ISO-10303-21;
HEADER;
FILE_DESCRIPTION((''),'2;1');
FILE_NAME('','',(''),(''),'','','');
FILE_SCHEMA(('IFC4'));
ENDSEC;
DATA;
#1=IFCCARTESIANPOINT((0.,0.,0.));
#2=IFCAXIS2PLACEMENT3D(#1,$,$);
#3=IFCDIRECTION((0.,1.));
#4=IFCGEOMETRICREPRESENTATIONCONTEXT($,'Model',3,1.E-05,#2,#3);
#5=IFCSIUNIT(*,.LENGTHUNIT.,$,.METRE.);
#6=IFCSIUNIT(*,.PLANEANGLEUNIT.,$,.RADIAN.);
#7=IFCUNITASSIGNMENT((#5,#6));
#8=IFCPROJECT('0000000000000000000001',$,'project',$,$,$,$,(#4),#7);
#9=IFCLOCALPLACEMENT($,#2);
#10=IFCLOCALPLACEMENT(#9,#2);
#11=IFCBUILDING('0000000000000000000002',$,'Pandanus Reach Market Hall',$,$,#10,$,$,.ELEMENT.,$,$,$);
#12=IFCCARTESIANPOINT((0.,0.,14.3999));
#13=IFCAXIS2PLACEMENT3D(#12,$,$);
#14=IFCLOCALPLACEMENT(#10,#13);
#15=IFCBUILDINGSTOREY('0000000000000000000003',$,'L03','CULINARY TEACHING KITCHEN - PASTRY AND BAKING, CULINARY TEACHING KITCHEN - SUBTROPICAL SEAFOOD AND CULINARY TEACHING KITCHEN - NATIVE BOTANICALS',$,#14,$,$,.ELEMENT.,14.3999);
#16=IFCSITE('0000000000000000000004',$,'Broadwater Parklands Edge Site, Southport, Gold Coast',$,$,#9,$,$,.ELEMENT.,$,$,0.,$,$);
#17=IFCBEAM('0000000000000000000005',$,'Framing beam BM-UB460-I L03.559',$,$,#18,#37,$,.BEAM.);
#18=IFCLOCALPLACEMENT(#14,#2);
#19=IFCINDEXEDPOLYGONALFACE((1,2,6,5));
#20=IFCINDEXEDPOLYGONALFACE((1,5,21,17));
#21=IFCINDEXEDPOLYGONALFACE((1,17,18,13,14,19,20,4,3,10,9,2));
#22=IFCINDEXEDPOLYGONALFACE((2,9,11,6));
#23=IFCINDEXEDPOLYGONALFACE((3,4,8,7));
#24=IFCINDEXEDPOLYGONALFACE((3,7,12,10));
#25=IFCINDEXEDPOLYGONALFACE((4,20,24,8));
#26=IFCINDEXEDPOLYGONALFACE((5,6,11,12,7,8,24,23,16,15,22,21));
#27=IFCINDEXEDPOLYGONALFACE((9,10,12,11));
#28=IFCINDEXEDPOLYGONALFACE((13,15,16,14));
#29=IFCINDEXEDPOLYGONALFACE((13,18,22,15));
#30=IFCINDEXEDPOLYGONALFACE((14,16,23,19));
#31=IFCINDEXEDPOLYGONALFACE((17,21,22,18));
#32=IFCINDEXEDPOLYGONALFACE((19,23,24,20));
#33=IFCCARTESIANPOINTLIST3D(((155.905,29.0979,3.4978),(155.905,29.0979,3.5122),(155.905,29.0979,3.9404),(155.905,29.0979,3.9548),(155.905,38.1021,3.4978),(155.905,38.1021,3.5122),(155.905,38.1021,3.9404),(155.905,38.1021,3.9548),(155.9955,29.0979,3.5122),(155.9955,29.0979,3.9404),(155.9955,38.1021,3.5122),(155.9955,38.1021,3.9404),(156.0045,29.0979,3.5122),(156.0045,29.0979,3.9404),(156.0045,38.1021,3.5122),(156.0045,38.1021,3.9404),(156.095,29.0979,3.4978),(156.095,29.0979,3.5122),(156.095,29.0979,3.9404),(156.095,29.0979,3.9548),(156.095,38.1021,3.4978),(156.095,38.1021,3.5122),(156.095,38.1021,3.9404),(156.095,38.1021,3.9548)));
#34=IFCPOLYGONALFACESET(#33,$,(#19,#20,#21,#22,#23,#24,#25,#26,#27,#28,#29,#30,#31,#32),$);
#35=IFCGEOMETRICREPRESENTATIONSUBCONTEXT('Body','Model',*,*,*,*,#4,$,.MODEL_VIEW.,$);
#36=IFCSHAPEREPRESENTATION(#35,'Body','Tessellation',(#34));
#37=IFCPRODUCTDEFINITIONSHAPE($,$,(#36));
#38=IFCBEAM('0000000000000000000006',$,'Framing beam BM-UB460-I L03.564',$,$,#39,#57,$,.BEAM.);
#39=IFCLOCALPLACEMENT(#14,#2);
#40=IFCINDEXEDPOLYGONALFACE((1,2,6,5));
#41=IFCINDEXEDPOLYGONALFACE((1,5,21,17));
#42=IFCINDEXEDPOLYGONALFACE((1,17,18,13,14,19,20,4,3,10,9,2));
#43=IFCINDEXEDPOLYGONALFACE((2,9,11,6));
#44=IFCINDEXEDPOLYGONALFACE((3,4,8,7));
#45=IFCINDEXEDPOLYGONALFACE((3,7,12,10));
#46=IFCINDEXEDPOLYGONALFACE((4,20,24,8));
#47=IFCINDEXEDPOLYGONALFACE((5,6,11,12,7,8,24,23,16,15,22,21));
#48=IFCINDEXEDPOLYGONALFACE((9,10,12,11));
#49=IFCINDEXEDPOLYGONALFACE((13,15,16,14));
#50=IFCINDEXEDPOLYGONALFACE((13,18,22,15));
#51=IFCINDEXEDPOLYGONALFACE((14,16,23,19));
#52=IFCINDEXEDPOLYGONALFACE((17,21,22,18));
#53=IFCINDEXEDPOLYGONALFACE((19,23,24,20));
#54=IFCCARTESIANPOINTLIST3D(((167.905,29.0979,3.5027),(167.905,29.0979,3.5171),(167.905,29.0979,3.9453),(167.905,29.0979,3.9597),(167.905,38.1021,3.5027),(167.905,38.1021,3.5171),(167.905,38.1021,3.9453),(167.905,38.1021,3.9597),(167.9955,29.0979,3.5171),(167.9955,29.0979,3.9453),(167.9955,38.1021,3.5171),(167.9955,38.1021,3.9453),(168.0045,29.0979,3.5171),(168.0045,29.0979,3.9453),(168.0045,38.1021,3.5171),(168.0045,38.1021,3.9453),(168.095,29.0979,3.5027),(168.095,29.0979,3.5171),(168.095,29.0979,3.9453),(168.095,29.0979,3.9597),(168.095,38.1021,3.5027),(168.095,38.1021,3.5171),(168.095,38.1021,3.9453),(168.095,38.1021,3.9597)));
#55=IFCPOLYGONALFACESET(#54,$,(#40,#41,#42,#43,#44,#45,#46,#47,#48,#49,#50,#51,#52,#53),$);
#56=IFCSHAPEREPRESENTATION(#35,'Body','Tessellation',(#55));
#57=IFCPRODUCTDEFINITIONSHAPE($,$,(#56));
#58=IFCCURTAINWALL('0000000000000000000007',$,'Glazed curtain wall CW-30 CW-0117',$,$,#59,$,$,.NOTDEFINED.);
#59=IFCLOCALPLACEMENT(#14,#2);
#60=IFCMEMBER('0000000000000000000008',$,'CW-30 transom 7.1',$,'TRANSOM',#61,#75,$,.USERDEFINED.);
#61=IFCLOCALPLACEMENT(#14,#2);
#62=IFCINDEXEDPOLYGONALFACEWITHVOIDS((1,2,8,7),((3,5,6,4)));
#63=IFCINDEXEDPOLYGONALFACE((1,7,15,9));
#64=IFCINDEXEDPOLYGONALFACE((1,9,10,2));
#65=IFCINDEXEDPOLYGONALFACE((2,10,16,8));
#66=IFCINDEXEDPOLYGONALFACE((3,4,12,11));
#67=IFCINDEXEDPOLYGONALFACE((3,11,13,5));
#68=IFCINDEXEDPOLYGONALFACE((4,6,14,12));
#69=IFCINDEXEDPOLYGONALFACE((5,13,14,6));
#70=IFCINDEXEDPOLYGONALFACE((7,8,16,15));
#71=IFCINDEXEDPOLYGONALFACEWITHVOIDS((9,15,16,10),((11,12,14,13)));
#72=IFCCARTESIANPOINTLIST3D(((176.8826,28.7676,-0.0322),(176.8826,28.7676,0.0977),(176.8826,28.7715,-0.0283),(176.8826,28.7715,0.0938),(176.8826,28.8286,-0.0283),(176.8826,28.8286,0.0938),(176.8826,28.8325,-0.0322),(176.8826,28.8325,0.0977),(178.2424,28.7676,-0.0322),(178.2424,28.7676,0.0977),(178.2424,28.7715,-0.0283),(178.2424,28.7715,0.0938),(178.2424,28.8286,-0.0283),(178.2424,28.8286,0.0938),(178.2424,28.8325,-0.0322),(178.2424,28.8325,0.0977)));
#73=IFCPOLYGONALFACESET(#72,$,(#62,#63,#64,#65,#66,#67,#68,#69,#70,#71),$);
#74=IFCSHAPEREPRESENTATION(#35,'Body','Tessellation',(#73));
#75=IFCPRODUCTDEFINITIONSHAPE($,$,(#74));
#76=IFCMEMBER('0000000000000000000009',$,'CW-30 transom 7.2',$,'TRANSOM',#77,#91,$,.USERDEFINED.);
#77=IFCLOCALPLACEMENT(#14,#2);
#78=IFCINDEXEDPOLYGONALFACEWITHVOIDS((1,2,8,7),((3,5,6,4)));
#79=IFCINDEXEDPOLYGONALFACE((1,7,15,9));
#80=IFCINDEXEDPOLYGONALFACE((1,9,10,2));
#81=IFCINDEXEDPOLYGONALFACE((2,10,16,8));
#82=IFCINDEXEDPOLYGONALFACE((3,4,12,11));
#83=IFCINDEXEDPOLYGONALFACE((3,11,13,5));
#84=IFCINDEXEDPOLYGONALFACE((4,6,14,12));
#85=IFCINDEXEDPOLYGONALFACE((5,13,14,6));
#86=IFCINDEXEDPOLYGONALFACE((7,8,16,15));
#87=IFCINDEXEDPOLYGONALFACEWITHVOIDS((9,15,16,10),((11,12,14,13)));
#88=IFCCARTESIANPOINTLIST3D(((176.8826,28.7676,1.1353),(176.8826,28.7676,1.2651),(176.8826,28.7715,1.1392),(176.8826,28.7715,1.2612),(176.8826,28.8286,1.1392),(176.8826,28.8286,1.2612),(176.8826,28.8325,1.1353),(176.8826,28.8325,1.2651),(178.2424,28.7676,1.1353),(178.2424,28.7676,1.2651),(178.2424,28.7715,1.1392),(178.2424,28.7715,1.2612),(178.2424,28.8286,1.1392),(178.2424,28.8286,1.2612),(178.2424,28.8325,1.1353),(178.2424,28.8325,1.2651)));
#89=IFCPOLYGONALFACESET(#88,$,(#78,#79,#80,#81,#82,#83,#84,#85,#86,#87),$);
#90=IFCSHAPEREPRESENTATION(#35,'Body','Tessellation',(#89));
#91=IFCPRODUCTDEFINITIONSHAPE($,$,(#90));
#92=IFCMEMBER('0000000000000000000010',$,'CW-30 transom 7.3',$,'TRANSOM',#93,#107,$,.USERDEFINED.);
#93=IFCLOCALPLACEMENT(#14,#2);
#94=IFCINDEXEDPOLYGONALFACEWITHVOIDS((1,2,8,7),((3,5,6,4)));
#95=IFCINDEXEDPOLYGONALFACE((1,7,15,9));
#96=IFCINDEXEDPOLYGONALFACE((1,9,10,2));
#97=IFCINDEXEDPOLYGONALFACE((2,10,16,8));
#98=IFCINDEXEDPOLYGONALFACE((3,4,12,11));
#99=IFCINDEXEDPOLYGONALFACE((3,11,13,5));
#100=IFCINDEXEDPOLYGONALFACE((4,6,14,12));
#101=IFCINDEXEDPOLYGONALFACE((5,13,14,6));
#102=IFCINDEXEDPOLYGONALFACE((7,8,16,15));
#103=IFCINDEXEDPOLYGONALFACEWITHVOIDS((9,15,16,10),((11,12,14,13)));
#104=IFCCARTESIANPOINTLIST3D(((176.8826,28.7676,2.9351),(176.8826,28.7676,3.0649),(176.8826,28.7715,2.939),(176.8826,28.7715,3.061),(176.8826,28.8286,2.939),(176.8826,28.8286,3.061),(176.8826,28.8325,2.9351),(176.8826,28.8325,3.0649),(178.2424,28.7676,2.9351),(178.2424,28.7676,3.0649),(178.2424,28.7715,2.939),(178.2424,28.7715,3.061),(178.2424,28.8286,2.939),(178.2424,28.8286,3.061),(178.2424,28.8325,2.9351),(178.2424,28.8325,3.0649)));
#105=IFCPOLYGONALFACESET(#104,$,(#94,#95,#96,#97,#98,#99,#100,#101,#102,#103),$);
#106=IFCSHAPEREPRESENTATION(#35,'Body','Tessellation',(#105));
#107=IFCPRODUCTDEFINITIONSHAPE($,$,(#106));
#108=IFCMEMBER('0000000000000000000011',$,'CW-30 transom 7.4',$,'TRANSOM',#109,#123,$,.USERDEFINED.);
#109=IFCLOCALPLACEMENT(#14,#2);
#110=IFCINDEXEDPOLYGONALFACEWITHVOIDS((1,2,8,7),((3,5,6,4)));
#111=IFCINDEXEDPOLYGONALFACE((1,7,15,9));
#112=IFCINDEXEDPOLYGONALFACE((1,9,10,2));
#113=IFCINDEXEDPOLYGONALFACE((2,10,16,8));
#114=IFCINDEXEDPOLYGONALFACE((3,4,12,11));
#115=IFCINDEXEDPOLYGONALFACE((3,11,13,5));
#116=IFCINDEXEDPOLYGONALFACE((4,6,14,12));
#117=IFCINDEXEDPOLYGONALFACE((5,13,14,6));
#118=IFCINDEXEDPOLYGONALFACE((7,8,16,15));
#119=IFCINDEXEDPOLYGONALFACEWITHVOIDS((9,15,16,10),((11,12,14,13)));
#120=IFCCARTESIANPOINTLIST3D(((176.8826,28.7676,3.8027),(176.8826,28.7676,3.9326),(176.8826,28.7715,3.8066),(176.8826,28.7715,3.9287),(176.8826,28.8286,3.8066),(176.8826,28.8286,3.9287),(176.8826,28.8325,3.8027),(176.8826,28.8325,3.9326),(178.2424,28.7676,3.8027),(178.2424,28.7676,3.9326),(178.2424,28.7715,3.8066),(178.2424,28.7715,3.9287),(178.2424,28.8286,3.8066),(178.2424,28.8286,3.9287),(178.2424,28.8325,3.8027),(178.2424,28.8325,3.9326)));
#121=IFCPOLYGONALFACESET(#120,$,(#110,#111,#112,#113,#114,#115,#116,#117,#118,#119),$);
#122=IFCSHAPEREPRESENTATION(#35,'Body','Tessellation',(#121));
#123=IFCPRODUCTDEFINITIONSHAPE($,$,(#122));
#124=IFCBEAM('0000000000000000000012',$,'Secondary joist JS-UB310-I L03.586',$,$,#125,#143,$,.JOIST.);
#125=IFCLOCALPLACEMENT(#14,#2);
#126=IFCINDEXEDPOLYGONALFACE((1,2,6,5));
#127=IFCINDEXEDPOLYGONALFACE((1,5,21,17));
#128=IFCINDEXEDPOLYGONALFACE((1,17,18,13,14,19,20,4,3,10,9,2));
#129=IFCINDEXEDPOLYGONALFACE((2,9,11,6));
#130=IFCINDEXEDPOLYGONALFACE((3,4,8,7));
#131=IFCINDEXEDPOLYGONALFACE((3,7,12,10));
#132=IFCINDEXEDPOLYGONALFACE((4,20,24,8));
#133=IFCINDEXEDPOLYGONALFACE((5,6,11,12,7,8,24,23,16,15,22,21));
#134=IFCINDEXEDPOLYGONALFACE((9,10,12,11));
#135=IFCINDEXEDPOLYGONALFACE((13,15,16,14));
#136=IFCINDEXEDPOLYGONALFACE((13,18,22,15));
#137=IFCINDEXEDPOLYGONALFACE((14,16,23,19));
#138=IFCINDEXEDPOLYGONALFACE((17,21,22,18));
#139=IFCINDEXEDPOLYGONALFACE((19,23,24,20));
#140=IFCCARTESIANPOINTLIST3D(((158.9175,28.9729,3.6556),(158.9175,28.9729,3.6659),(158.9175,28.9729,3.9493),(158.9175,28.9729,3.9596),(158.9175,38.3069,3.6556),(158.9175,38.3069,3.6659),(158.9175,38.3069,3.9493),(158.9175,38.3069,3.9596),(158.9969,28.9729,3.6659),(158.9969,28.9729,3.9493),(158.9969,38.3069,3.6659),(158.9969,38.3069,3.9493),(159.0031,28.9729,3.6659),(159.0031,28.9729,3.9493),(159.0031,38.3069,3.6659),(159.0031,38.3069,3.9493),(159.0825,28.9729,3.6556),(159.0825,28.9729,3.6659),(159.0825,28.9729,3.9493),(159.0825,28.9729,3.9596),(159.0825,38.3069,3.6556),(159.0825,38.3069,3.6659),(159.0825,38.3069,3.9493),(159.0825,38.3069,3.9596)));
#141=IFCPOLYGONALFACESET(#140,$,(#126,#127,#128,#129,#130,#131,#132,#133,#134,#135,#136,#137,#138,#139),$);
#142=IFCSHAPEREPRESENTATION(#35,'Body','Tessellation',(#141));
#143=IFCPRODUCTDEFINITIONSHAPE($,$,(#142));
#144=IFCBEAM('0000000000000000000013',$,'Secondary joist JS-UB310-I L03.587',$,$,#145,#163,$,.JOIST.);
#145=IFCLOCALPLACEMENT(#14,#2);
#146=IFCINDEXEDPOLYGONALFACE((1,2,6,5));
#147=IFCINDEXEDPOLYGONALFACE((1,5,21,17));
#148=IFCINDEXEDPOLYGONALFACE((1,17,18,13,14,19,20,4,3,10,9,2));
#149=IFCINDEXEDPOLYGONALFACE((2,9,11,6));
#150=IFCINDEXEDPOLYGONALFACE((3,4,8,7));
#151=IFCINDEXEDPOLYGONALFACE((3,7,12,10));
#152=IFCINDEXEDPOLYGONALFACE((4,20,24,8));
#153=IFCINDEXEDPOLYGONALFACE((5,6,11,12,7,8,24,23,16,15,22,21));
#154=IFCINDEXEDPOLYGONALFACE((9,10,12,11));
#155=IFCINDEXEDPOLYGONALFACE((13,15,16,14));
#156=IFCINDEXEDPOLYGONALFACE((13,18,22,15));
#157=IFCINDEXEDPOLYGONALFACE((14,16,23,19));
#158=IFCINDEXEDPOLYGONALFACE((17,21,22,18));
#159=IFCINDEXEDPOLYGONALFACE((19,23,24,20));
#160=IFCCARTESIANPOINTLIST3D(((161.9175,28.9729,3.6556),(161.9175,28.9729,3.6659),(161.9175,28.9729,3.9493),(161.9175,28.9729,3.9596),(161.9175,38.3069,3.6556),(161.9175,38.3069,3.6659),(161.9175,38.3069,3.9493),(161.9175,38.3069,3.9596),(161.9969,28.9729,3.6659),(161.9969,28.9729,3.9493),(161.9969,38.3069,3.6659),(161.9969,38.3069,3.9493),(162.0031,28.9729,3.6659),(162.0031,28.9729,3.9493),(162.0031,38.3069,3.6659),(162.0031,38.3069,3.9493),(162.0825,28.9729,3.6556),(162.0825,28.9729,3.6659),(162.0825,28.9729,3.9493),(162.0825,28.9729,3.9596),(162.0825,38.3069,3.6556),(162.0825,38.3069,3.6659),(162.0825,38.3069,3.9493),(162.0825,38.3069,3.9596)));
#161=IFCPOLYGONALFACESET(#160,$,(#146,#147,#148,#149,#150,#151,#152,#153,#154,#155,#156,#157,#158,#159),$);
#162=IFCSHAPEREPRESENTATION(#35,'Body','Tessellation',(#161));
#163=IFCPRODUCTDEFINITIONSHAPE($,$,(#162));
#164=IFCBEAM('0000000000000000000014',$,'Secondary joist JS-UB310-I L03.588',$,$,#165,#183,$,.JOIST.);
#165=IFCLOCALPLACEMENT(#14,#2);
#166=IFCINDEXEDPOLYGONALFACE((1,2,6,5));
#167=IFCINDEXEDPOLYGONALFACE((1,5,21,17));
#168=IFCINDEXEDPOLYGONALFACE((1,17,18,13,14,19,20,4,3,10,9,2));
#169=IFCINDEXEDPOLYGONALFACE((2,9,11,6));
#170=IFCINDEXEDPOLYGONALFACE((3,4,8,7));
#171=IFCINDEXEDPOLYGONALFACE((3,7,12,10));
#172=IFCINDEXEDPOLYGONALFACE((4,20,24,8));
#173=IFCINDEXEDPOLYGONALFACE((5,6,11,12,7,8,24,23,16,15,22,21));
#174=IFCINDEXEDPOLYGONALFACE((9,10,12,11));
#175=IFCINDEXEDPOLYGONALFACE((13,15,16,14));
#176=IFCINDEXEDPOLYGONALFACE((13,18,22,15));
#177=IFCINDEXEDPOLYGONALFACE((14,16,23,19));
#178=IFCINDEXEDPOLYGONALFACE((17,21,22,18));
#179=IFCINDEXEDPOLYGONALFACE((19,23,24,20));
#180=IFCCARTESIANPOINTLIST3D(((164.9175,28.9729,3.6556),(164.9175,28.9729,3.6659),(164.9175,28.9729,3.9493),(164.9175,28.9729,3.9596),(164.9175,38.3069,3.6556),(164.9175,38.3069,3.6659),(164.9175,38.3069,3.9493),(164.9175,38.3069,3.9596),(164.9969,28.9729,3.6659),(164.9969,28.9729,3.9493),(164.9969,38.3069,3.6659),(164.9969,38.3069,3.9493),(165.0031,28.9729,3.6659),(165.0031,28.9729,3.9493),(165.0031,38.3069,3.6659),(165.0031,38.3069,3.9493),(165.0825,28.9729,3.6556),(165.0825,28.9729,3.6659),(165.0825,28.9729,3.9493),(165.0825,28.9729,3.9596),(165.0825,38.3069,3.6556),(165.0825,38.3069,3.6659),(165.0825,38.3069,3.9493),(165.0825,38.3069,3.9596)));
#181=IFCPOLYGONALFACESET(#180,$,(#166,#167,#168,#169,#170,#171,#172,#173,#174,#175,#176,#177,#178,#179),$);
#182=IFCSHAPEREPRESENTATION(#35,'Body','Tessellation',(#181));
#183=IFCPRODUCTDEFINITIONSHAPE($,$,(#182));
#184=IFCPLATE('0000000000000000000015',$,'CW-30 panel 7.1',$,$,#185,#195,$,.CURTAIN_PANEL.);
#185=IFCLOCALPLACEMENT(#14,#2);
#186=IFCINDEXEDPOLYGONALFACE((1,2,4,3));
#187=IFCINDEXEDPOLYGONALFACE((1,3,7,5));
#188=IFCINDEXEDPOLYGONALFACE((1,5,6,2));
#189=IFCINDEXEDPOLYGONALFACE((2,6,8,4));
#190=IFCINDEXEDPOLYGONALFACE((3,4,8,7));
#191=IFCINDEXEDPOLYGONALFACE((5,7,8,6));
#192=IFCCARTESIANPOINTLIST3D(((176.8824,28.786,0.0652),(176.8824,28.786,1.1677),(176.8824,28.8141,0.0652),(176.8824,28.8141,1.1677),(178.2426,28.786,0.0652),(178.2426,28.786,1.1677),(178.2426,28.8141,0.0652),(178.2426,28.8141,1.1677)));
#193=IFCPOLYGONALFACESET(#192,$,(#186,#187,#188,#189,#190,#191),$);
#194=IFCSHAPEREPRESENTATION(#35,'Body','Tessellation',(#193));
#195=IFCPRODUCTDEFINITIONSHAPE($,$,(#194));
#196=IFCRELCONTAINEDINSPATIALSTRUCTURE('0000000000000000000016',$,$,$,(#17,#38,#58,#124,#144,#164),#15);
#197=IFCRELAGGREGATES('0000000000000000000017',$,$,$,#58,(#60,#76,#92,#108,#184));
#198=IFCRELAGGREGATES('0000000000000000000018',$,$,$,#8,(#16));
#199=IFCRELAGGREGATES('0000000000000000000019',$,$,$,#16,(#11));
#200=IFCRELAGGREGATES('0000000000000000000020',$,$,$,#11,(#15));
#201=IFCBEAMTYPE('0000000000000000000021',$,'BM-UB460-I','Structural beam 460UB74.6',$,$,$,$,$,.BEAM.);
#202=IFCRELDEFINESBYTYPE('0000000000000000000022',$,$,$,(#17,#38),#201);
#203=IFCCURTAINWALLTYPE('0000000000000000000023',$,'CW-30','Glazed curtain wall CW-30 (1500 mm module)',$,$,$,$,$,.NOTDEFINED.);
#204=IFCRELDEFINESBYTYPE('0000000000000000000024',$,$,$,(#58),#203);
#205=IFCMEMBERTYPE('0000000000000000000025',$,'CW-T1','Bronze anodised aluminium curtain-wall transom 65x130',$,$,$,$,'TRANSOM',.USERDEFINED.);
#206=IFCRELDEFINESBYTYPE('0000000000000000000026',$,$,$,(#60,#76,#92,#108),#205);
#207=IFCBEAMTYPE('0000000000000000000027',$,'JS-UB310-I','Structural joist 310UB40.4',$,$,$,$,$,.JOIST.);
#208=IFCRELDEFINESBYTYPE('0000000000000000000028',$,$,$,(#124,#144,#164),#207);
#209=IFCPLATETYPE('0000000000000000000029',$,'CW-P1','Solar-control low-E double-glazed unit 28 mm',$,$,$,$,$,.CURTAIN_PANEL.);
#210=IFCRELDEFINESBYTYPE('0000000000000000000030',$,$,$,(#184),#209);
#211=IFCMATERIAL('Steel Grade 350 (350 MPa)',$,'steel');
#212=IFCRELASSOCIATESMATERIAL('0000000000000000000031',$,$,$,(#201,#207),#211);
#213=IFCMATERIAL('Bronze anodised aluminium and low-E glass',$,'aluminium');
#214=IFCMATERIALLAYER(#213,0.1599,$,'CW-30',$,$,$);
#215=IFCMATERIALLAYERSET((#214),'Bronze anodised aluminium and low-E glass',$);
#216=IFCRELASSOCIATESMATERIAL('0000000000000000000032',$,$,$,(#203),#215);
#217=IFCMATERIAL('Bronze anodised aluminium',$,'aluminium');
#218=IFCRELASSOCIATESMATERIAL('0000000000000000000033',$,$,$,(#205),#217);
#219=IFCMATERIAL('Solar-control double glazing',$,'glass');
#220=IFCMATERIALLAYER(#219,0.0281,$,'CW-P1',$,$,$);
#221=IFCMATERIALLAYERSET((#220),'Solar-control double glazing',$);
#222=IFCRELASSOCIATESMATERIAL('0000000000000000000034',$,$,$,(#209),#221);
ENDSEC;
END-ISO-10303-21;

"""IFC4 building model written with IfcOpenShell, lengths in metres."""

from ifc_helpers import new_model, si_unit, direction, frame, origin, origin_2d, place, context, subcontext, project, spatial, rectangle, hollow_rectangle, i_section, extrude, material, layer, layer_set, material_profile, profile_set, type_object, element, aggregate, save


model = new_model("IFC4")

# Units and contexts
model_context = context("Model", 3, precision=1e-05, world=origin(), true_north=direction((0.0, 1.0)))
body_context = subcontext(model_context, "Body", "Model", "MODEL_VIEW")
ifc_project = project(units=[si_unit("LENGTHUNIT", "METRE"), si_unit("PLANEANGLEUNIT", "RADIAN")], contexts=[model_context])

# Site, building, storey
site_placement = place(None, origin())
site = spatial("IfcSite", under=ifc_project, at=site_placement, Name="Broadwater Parklands Edge Site, Southport, Gold Coast", CompositionType="ELEMENT", RefElevation=0.0)
building_placement = place(site_placement, origin())
building = spatial("IfcBuilding", under=site, at=building_placement, Name="Pandanus Reach Market Hall", CompositionType="ELEMENT")
storey_placement = place(building_placement, frame((0.0, 0.0, 14.3999)))
storey = spatial("IfcBuildingStorey", under=building, at=storey_placement, Name="L03", Description="CULINARY TEACHING KITCHEN - PASTRY AND BAKING, CULINARY TEACHING KITCHEN - SUBTROPICAL SEAFOOD AND CULINARY TEACHING KITCHEN - NATIVE BOTANICALS", CompositionType="ELEMENT", Elevation=14.3999)

# Beams
ifc_material_1 = material(Name="Steel Grade 350 (350 MPa)", Category="steel")
ifc_material_profile_1 = material_profile(ifc_material_1, i_section(OverallWidth=0.1899, OverallDepth=0.457, WebThickness=0.009, FlangeThickness=0.0144, at=origin_2d()), Name="460UB74.6", Category="LoadBearing")
ifc_profile_set_1 = profile_set([ifc_material_profile_1], Name="Steel Grade 350 (350 MPa)")
beam_type_1 = type_object("IfcBeamType", Name="BM-UB460-I", Description="Structural beam 460UB74.6", PredefinedType="BEAM", material=ifc_profile_set_1)
for number, where, z_axis, x_axis, name in (
    (1, (156.0, 29.0979, 3.7263), (0.0, 1.0, 0.0), (-1.0, 0.0, 0.0), "Framing beam BM-UB460-I L03.559"),
    (2, (168.0, 29.0979, 3.7312), (0.0, 1.0, 0.0), (-1.0, 0.0, 0.0), "Framing beam BM-UB460-I L03.564"),
):
    element("IfcBeam", number, at=place(storey_placement, frame(where, z_axis=z_axis, x_axis=x_axis)), inside=storey, type_object=beam_type_1, Name=name, PredefinedType="BEAM", context=body_context, shape_type="SweptSolid", body=[
        extrude(i_section(OverallWidth=0.1899, OverallDepth=0.457, WebThickness=0.009, FlangeThickness=0.0144, at=origin_2d()), origin(), (0.0, 0.0, 1.0), 9.0042),
    ])

# Curtain wall, members
ifc_material_2 = material(Name="Bronze anodised aluminium and low-E glass", Category="aluminium")
ifc_layer_1 = layer(ifc_material_2, 0.1599, Name="CW-30")
ifc_layer_set_1 = layer_set([ifc_layer_1], Name="Bronze anodised aluminium and low-E glass")
curtain_wall_type = type_object("IfcCurtainWallType", Name="CW-30", Description="Glazed curtain wall CW-30 (1500 mm module)", PredefinedType="NOTDEFINED", material=ifc_layer_set_1)
curtain_wall_placement = place(storey_placement, origin())
curtain_wall = element("IfcCurtainWall", 3, at=curtain_wall_placement, inside=storey, type_object=curtain_wall_type, Name="Glazed curtain wall CW-30 CW-0117", PredefinedType="NOTDEFINED")
ifc_material_3 = material(Name="Bronze anodised aluminium", Category="aluminium")
ifc_material_profile_2 = material_profile(ifc_material_3, hollow_rectangle(XDim=0.0649, YDim=0.1299, WallThickness=0.0039, at=origin_2d()), Name="ALU65x130", Category="LoadBearing")
ifc_profile_set_2 = profile_set([ifc_material_profile_2], Name="Bronze anodised aluminium")
member_type = type_object("IfcMemberType", Name="CW-T1", Description="Bronze anodised aluminium curtain-wall transom 65x130", ElementType="TRANSOM", PredefinedType="USERDEFINED", material=ifc_profile_set_2)
member_1_placement = place(storey_placement, frame((176.8826, 28.8, 0.0327), z_axis=(1.0, 0.0, 0.0), x_axis=(0.0, 1.0, 0.0)))
member_1 = element("IfcMember", 4, at=member_1_placement, type_object=member_type, Name="CW-30 transom 7.1", ObjectType="TRANSOM", PredefinedType="USERDEFINED", context=body_context, shape_type="SweptSolid", body=[
    extrude(hollow_rectangle(XDim=0.0649, YDim=0.1299, WallThickness=0.0039, at=origin_2d()), origin(), (0.0, 0.0, 1.0), 1.3599),
])
member_2_placement = place(storey_placement, frame((176.8826, 28.8, 1.2002), z_axis=(1.0, 0.0, 0.0), x_axis=(0.0, 1.0, 0.0)))
member_2 = element("IfcMember", 5, at=member_2_placement, type_object=member_type, Name="CW-30 transom 7.2", ObjectType="TRANSOM", PredefinedType="USERDEFINED", context=body_context, shape_type="SweptSolid", body=[
    extrude(hollow_rectangle(XDim=0.0649, YDim=0.1299, WallThickness=0.0039, at=origin_2d()), origin(), (0.0, 0.0, 1.0), 1.3599),
])
member_3_placement = place(storey_placement, frame((176.8826, 28.8, 3.0), z_axis=(1.0, 0.0, 0.0), x_axis=(0.0, 1.0, 0.0)))
member_3 = element("IfcMember", 6, at=member_3_placement, type_object=member_type, Name="CW-30 transom 7.3", ObjectType="TRANSOM", PredefinedType="USERDEFINED", context=body_context, shape_type="SweptSolid", body=[
    extrude(hollow_rectangle(XDim=0.0649, YDim=0.1299, WallThickness=0.0039, at=origin_2d()), origin(), (0.0, 0.0, 1.0), 1.3599),
])
member_4_placement = place(storey_placement, frame((176.8826, 28.8, 3.8677), z_axis=(1.0, 0.0, 0.0), x_axis=(0.0, 1.0, 0.0)))
member_4 = element("IfcMember", 7, at=member_4_placement, type_object=member_type, Name="CW-30 transom 7.4", ObjectType="TRANSOM", PredefinedType="USERDEFINED", context=body_context, shape_type="SweptSolid", body=[
    extrude(hollow_rectangle(XDim=0.0649, YDim=0.1299, WallThickness=0.0039, at=origin_2d()), origin(), (0.0, 0.0, 1.0), 1.3599),
])

# Beams
ifc_material_profile_3 = material_profile(ifc_material_1, i_section(OverallWidth=0.165, OverallDepth=0.304, WebThickness=0.0061, FlangeThickness=0.0103, at=origin_2d()), Name="310UB40.4", Category="LoadBearing")
ifc_profile_set_3 = profile_set([ifc_material_profile_3], Name="Steel Grade 350 (350 MPa)")
beam_type_2 = type_object("IfcBeamType", Name="JS-UB310-I", Description="Structural joist 310UB40.4", PredefinedType="JOIST", material=ifc_profile_set_3)
for number, where, z_axis, x_axis, name in (
    (8, (159.0, 28.9729, 3.8076), (0.0, 1.0, 0.0), (-1.0, 0.0, 0.0), "Secondary joist JS-UB310-I L03.586"),
    (9, (162.0, 28.9729, 3.8076), (0.0, 1.0, 0.0), (-1.0, 0.0, 0.0), "Secondary joist JS-UB310-I L03.587"),
    (10, (165.0, 28.9729, 3.8076), (0.0, 1.0, 0.0), (-1.0, 0.0, 0.0), "Secondary joist JS-UB310-I L03.588"),
):
    element("IfcBeam", number, at=place(storey_placement, frame(where, z_axis=z_axis, x_axis=x_axis)), inside=storey, type_object=beam_type_2, Name=name, PredefinedType="JOIST", context=body_context, shape_type="SweptSolid", body=[
        extrude(i_section(OverallWidth=0.165, OverallDepth=0.304, WebThickness=0.0061, FlangeThickness=0.0103, at=origin_2d()), origin(), (0.0, 0.0, 1.0), 9.334),
    ])

# Plate
ifc_material_4 = material(Name="Solar-control double glazing", Category="glass")
ifc_layer_2 = layer(ifc_material_4, 0.0281, Name="CW-P1")
ifc_layer_set_2 = layer_set([ifc_layer_2], Name="Solar-control double glazing")
plate_type = type_object("IfcPlateType", Name="CW-P1", Description="Solar-control low-E double-glazed unit 28 mm", PredefinedType="CURTAIN_PANEL", material=ifc_layer_set_2)
plate_1_placement = place(storey_placement, frame((177.5625, 28.8, 0.0652), z_axis=(0.0, 0.0, 1.0), x_axis=(1.0, 0.0, 0.0)))
plate_1 = element("IfcPlate", 11, at=plate_1_placement, type_object=plate_type, Name="CW-30 panel 7.1", PredefinedType="CURTAIN_PANEL", context=body_context, shape_type="SweptSolid", body=[
    extrude(rectangle(XDim=1.3601, YDim=0.0281, at=origin_2d()), origin(), (0.0, 0.0, 1.0), 1.1025),
])
aggregate(curtain_wall, [member_1, member_2, member_3, member_4, plate_1])

save(model, "model.ifc")
